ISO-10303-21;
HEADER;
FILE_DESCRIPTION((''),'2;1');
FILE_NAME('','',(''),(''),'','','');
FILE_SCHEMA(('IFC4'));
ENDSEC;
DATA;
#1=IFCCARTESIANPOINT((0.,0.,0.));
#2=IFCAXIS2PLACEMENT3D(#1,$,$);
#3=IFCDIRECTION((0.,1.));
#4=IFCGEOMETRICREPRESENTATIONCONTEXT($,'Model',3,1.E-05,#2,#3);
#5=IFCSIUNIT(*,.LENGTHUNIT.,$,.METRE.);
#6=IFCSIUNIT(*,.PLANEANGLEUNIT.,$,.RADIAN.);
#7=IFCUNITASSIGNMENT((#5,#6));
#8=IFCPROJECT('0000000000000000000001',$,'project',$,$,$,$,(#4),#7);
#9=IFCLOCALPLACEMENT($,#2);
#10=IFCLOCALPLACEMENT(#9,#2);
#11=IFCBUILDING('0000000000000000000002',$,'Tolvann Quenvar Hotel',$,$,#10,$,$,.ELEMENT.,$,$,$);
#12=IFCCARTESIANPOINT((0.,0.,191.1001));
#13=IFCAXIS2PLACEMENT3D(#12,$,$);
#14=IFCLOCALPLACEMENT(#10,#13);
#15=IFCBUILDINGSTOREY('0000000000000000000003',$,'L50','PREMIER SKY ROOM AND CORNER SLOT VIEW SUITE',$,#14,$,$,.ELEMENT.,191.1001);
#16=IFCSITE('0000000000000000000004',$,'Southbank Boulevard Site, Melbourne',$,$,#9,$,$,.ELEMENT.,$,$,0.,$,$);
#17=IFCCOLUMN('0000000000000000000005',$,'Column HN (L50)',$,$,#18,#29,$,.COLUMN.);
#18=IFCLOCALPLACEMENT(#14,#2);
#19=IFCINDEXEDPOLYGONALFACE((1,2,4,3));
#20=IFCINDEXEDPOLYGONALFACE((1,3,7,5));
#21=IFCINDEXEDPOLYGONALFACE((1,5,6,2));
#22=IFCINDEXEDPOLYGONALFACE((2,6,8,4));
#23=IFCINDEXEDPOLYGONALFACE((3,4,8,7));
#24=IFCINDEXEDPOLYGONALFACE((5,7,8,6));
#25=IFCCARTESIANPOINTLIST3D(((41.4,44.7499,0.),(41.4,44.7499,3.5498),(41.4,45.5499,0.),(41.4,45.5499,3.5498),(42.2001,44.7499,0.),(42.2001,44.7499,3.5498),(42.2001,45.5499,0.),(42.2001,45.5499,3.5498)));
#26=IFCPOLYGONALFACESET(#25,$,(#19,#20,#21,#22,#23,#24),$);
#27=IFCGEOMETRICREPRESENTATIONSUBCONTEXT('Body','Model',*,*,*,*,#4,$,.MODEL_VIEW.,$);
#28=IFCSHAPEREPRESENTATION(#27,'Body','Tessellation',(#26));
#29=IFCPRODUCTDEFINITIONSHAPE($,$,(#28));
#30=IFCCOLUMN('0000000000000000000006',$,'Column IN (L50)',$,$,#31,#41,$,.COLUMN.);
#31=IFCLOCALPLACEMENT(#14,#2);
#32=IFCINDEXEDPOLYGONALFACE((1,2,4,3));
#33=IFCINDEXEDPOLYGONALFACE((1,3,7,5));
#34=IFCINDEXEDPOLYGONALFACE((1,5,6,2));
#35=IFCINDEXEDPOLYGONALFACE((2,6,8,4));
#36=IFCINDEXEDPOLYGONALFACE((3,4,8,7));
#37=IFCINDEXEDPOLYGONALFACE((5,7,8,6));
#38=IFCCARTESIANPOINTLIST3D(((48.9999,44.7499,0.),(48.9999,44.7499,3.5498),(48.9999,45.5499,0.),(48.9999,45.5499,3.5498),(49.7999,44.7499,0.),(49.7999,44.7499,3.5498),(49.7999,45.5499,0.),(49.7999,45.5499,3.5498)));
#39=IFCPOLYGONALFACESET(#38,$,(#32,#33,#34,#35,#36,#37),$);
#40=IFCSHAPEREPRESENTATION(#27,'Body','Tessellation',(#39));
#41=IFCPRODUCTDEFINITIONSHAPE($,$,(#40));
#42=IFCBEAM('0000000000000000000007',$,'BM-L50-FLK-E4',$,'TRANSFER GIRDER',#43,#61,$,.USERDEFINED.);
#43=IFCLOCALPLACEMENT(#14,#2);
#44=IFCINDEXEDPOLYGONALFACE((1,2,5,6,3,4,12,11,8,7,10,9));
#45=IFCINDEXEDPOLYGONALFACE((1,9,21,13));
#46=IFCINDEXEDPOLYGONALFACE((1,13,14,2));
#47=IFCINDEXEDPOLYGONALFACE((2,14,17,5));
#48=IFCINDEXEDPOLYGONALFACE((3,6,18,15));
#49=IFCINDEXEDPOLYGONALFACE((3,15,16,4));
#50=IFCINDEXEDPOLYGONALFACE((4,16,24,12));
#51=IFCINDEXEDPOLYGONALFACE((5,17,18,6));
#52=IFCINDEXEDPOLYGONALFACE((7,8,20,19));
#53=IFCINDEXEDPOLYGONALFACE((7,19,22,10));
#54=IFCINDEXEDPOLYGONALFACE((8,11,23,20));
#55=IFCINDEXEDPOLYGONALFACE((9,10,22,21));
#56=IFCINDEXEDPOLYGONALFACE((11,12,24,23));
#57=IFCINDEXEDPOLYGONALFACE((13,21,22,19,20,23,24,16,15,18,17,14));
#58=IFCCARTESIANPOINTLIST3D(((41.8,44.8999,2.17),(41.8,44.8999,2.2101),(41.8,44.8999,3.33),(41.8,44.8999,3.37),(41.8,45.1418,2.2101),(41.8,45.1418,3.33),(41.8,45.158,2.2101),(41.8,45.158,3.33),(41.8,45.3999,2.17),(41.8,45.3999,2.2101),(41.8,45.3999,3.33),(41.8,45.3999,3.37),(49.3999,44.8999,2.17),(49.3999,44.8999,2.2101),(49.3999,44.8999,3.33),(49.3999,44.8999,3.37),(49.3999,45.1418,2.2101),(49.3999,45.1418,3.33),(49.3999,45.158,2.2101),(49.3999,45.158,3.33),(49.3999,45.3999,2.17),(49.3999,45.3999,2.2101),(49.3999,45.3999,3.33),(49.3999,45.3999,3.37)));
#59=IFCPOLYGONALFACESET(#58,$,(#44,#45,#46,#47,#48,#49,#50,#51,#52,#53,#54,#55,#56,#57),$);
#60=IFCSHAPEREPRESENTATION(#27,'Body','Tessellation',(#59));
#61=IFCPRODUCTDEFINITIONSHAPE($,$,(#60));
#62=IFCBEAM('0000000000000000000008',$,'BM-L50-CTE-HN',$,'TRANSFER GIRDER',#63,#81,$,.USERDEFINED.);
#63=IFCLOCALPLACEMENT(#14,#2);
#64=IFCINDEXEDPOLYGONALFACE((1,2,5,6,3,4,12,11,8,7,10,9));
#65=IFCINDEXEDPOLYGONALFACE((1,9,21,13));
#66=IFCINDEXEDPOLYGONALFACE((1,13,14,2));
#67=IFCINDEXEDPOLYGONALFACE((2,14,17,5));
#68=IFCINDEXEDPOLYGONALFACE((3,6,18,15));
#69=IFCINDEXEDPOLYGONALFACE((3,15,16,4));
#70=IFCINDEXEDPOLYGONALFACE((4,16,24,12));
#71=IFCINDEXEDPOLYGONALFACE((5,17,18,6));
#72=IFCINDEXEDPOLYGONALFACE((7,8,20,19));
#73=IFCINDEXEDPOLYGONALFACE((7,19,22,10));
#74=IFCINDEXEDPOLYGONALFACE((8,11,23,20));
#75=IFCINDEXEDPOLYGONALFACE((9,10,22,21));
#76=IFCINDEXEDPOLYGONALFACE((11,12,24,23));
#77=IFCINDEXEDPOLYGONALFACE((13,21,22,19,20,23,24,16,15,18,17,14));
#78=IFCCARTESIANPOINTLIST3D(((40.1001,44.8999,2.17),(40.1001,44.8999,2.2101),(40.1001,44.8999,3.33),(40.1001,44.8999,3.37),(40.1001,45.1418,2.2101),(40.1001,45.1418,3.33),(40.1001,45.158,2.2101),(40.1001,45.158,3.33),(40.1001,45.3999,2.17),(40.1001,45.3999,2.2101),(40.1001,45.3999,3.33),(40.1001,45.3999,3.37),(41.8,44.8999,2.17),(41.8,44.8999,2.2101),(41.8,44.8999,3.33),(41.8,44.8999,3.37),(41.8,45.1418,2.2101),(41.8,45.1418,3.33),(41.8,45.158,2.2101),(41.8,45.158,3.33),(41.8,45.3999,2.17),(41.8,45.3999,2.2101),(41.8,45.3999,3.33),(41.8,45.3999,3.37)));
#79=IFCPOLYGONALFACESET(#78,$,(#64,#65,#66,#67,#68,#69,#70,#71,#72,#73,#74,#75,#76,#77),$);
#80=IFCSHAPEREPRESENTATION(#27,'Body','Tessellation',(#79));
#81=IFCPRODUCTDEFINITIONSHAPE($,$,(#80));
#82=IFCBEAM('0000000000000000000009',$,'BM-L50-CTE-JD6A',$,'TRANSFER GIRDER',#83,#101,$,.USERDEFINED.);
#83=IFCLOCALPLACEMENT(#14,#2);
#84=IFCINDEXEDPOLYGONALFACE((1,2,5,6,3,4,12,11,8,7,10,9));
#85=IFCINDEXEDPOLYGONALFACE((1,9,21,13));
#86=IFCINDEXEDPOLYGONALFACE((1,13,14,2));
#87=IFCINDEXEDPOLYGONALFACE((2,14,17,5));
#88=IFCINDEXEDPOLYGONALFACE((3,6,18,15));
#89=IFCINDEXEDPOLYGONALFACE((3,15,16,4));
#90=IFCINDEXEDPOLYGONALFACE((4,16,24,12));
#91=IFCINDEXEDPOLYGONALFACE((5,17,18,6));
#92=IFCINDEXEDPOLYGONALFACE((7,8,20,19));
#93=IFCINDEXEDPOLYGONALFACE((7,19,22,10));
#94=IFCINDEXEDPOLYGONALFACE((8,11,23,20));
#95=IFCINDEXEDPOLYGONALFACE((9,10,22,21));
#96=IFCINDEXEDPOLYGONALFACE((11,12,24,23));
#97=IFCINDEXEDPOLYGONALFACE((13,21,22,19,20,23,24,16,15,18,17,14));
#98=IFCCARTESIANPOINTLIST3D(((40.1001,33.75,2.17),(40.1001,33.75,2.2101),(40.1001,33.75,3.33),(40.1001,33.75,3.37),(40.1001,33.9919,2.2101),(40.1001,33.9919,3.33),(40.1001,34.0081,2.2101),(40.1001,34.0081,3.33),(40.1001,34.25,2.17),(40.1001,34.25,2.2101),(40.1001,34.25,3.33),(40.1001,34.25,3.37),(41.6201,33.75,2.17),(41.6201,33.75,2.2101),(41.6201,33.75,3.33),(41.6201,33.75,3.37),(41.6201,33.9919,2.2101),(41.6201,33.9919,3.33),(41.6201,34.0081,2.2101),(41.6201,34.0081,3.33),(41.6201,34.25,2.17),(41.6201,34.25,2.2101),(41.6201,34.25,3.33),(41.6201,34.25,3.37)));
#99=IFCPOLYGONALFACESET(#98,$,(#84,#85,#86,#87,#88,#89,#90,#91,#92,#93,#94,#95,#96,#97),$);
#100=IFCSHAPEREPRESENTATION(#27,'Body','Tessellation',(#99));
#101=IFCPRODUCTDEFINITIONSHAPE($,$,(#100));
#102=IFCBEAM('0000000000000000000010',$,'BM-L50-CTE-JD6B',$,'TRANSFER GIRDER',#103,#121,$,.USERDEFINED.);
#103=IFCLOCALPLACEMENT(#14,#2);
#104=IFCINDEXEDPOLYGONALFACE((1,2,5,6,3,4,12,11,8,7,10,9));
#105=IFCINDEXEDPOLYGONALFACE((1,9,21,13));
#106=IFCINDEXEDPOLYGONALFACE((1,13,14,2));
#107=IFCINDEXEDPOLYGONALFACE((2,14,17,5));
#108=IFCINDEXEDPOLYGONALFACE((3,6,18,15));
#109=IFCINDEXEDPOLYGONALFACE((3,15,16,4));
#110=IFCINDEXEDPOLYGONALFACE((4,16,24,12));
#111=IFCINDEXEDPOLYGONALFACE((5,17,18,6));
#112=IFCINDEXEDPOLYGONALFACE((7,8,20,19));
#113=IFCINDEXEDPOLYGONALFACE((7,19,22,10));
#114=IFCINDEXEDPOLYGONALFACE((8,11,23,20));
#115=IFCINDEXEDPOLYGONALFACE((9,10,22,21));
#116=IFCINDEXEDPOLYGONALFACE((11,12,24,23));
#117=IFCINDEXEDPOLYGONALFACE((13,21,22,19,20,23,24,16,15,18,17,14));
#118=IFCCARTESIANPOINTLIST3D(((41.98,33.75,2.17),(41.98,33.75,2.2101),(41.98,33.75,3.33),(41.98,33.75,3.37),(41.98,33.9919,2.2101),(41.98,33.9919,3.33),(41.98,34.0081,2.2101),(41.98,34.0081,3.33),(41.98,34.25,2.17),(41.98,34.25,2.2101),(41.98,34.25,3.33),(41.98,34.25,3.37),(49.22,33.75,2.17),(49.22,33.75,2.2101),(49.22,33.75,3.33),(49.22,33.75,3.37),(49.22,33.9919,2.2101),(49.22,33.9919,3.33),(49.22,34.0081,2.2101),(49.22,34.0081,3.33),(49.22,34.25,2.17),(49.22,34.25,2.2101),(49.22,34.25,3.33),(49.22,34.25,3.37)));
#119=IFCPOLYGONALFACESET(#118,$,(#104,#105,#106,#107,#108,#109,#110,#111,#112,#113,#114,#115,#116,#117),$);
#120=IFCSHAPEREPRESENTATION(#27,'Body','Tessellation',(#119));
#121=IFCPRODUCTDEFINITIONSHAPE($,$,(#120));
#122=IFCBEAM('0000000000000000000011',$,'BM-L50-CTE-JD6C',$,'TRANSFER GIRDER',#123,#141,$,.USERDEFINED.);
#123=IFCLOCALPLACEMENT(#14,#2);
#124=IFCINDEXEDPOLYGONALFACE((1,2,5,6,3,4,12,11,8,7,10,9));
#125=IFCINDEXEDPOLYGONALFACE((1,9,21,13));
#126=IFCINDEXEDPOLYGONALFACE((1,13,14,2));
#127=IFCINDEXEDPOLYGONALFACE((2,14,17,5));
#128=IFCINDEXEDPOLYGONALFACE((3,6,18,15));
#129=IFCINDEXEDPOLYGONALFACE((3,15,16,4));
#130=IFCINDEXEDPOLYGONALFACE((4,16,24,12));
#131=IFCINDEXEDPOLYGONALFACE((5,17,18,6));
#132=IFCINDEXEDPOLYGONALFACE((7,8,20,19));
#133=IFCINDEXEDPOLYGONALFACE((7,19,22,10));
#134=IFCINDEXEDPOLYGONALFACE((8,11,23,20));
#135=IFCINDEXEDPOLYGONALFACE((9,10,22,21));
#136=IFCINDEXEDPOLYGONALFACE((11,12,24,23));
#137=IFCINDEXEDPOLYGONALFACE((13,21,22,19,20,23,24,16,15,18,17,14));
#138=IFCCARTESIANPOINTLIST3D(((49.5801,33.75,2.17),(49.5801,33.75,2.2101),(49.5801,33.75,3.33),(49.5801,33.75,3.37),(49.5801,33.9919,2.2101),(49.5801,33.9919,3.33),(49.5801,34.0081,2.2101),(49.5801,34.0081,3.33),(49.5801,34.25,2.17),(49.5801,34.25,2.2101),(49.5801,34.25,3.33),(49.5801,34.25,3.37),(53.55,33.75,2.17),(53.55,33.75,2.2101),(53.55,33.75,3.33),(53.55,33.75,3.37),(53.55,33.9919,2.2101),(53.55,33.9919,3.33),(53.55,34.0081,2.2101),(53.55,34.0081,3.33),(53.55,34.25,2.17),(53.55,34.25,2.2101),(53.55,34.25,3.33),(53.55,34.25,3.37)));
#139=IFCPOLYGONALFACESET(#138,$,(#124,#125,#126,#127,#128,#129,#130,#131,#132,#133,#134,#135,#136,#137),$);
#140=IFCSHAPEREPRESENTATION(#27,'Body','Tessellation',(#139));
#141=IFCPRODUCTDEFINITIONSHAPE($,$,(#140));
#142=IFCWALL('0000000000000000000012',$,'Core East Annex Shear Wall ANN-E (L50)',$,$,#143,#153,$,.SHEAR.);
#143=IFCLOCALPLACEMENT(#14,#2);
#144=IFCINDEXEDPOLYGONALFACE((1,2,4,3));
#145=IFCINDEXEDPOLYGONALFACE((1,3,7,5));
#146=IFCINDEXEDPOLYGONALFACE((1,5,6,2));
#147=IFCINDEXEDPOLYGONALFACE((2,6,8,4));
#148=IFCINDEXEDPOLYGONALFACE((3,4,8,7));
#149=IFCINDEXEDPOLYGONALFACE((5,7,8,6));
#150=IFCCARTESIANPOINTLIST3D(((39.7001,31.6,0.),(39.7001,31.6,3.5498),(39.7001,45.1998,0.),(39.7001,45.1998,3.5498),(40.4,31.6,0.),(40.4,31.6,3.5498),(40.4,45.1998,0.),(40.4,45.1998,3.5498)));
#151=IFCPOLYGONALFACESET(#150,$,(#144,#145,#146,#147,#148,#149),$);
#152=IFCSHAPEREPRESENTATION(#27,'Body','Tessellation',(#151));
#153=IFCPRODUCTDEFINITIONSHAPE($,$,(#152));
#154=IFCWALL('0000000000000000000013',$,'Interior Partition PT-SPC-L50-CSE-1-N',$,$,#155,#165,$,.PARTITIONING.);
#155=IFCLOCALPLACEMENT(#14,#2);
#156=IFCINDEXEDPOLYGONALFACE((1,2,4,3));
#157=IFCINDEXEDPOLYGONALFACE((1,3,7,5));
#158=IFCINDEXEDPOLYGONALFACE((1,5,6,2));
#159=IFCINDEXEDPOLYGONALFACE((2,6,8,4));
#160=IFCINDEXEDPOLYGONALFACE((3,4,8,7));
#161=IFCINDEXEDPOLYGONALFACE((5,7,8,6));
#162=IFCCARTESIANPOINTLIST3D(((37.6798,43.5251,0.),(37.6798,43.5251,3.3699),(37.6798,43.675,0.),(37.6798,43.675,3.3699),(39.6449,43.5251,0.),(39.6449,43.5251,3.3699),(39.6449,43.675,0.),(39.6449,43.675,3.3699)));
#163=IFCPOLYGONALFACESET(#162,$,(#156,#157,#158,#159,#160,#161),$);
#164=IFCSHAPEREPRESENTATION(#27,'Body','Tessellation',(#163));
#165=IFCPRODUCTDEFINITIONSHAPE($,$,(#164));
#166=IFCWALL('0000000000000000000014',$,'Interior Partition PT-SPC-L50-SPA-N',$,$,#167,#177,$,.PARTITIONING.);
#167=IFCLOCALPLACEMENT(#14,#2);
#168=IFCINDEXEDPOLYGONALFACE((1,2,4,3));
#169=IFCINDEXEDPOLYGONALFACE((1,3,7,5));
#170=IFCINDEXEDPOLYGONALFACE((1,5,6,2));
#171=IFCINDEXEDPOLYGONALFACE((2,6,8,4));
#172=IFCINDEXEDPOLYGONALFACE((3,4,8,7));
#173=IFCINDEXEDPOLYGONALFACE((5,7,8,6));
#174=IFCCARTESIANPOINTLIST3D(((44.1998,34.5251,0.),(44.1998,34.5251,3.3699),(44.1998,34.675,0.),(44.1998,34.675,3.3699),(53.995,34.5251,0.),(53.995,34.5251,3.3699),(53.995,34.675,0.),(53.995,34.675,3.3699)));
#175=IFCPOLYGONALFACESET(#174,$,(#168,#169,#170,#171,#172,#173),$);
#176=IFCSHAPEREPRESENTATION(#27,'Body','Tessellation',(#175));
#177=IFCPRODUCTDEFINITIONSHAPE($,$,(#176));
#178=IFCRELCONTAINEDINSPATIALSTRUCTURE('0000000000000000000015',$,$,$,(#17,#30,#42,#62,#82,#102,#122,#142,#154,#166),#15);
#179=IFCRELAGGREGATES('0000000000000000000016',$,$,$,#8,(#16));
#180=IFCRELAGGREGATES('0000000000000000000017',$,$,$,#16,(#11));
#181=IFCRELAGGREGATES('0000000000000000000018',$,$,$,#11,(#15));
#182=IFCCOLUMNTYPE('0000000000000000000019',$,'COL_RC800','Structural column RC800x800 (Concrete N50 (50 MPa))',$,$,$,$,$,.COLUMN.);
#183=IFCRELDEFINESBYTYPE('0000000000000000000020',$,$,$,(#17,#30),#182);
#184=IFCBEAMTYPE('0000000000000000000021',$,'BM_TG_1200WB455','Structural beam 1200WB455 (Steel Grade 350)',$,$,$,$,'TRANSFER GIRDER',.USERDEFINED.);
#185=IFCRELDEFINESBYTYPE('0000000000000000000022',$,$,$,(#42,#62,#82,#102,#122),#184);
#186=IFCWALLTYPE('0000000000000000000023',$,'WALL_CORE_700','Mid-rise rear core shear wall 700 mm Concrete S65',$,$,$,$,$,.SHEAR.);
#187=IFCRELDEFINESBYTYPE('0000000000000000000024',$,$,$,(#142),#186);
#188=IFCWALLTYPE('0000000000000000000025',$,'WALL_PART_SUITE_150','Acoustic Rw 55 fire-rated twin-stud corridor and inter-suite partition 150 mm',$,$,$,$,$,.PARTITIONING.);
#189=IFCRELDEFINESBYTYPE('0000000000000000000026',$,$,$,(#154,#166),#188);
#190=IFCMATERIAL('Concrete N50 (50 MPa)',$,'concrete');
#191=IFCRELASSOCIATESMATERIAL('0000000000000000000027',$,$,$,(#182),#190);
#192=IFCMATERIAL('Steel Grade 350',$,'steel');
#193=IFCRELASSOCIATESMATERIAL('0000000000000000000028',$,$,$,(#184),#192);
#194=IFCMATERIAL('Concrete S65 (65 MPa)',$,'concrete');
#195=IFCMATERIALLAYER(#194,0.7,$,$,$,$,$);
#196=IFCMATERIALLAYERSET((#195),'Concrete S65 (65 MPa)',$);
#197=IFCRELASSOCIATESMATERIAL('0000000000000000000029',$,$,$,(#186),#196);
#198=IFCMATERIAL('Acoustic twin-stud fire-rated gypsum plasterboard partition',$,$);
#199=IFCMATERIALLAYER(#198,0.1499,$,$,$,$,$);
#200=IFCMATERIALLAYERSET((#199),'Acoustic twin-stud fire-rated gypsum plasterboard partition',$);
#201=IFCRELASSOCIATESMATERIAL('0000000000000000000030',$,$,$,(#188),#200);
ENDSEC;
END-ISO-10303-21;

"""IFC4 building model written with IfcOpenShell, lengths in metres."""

from ifc_helpers import new_model, si_unit, direction, frame, frame_2d, origin, origin_2d, place, context, subcontext, project, spatial, rectangle, i_section, extrude, source, transform, mapped, material, layer, layer_set, material_profile, profile_set, type_object, type_shapes, element, save


model = new_model("IFC4")

# Units and contexts
model_context = context("Model", 3, precision=1e-05, world=origin(), true_north=direction((0.0, 1.0)))
body_context = subcontext(model_context, "Body", "Model", "MODEL_VIEW")
ifc_project = project(units=[si_unit("LENGTHUNIT", "METRE"), si_unit("PLANEANGLEUNIT", "RADIAN")], contexts=[model_context])

# Site, building, storey
site_placement = place(None, origin())
site = spatial("IfcSite", under=ifc_project, at=site_placement, Name="Southbank Boulevard Site, Melbourne", CompositionType="ELEMENT", RefElevation=0.0)
building_placement = place(site_placement, origin())
building = spatial("IfcBuilding", under=site, at=building_placement, Name="Tolvann Quenvar Hotel", CompositionType="ELEMENT")
storey_placement = place(building_placement, frame((0.0, 0.0, 191.1001)))
storey = spatial("IfcBuildingStorey", under=building, at=storey_placement, Name="L50", Description="PREMIER SKY ROOM AND CORNER SLOT VIEW SUITE", CompositionType="ELEMENT", Elevation=191.1001)

# Columns
ifc_material_1 = material(Name="Concrete N50 (50 MPa)", Category="concrete")
ifc_material_profile_1 = material_profile(ifc_material_1, rectangle(XDim=0.8, YDim=0.8, at=origin_2d()), Name="RC800x800")
ifc_profile_set_1 = profile_set([ifc_material_profile_1], Name="Concrete N50 (50 MPa)")
column_type = type_object("IfcColumnType", Name="COL_RC800", Description="Structural column RC800x800 (Concrete N50 (50 MPa))", PredefinedType="COLUMN", material=ifc_profile_set_1)
shared_shape_1 = source(origin(), body_context, "Body", "SweptSolid", [
    extrude(rectangle(XDim=0.8, YDim=0.8, at=origin_2d()), origin(), (0.0, 0.0, 1.0), 3.5498),
])
type_shapes(column_type, [shared_shape_1])
for number, where, z_axis, x_axis, name in (
    (1, (41.8, 45.1499, 0.0), (0.0, 0.0, 1.0), (1.0, 0.0, 0.0), "Column HN (L50)"),
    (2, (49.3999, 45.1499, 0.0), (0.0, 0.0, 1.0), (1.0, 0.0, 0.0), "Column IN (L50)"),
):
    element("IfcColumn", number, at=place(storey_placement, frame(where, z_axis=z_axis, x_axis=x_axis)), inside=storey, type_object=column_type, Name=name, PredefinedType="COLUMN", context=body_context, shape_type="MappedRepresentation", body=[
        mapped(shared_shape_1, transform((0.0, 0.0, 0.0), x_axis=(1.0, 0.0, 0.0), y_axis=(0.0, 1.0, 0.0), z_axis=(0.0, 0.0, 1.0), scale=1.0)),
    ])

# Beams
ifc_material_2 = material(Name="Steel Grade 350", Category="steel")
ifc_material_profile_2 = material_profile(ifc_material_2, i_section(OverallWidth=0.5, OverallDepth=1.2, WebThickness=0.0161, FlangeThickness=0.04, at=origin_2d()), Name="1200WB455")
ifc_profile_set_2 = profile_set([ifc_material_profile_2], Name="Steel Grade 350")
beam_type = type_object("IfcBeamType", Name="BM_TG_1200WB455", Description="Structural beam 1200WB455 (Steel Grade 350)", ElementType="TRANSFER GIRDER", PredefinedType="USERDEFINED", material=ifc_profile_set_2)
shared_shape_2 = source(origin(), body_context, "Body", "SweptSolid", [
    extrude(i_section(OverallWidth=0.5, OverallDepth=1.2, WebThickness=0.0161, FlangeThickness=0.04, at=origin_2d()), origin(), (0.0, 0.0, 1.0), 7.5999),
])
beam_1_placement = place(storey_placement, frame((49.3999, 45.1499, 2.77), z_axis=(-1.0, 0.0, 0.0), x_axis=(0.0, -1.0, 0.0)))
element("IfcBeam", 3, at=beam_1_placement, inside=storey, type_object=beam_type, Name="BM-L50-FLK-E4", ObjectType="TRANSFER GIRDER", PredefinedType="USERDEFINED", context=body_context, shape_type="MappedRepresentation", body=[
    mapped(shared_shape_2, transform((0.0, 0.0, 0.0), x_axis=(1.0, 0.0, 0.0), y_axis=(0.0, 1.0, 0.0), z_axis=(0.0, 0.0, 1.0), scale=1.0)),
])
shared_shape_3 = source(origin(), body_context, "Body", "SweptSolid", [
    extrude(i_section(OverallWidth=0.5, OverallDepth=1.2, WebThickness=0.0161, FlangeThickness=0.04, at=origin_2d()), origin(), (0.0, 0.0, 1.0), 1.7),
])
beam_2_placement = place(storey_placement, frame((40.1001, 45.1499, 2.77), z_axis=(1.0, 0.0, 0.0), x_axis=(0.0, 1.0, 0.0)))
element("IfcBeam", 4, at=beam_2_placement, inside=storey, type_object=beam_type, Name="BM-L50-CTE-HN", ObjectType="TRANSFER GIRDER", PredefinedType="USERDEFINED", context=body_context, shape_type="MappedRepresentation", body=[
    mapped(shared_shape_3, transform((0.0, 0.0, 0.0), x_axis=(1.0, 0.0, 0.0), y_axis=(0.0, 1.0, 0.0), z_axis=(0.0, 0.0, 1.0), scale=1.0)),
])
shared_shape_4 = source(origin(), body_context, "Body", "SweptSolid", [
    extrude(i_section(OverallWidth=0.5, OverallDepth=1.2, WebThickness=0.0161, FlangeThickness=0.04, at=origin_2d()), origin(), (0.0, 0.0, 1.0), 1.52),
])
beam_3_placement = place(storey_placement, frame((40.1001, 34.0, 2.77), z_axis=(1.0, 0.0, 0.0), x_axis=(0.0, 1.0, 0.0)))
element("IfcBeam", 5, at=beam_3_placement, inside=storey, type_object=beam_type, Name="BM-L50-CTE-JD6A", ObjectType="TRANSFER GIRDER", PredefinedType="USERDEFINED", context=body_context, shape_type="MappedRepresentation", body=[
    mapped(shared_shape_4, transform((0.0, 0.0, 0.0), x_axis=(1.0, 0.0, 0.0), y_axis=(0.0, 1.0, 0.0), z_axis=(0.0, 0.0, 1.0), scale=1.0)),
])
shared_shape_5 = source(origin(), body_context, "Body", "SweptSolid", [
    extrude(i_section(OverallWidth=0.5, OverallDepth=1.2, WebThickness=0.0161, FlangeThickness=0.04, at=origin_2d()), origin(), (0.0, 0.0, 1.0), 7.24),
])
beam_4_placement = place(storey_placement, frame((41.98, 34.0, 2.77), z_axis=(1.0, 0.0, 0.0), x_axis=(0.0, 1.0, 0.0)))
element("IfcBeam", 6, at=beam_4_placement, inside=storey, type_object=beam_type, Name="BM-L50-CTE-JD6B", ObjectType="TRANSFER GIRDER", PredefinedType="USERDEFINED", context=body_context, shape_type="MappedRepresentation", body=[
    mapped(shared_shape_5, transform((0.0, 0.0, 0.0), x_axis=(1.0, 0.0, 0.0), y_axis=(0.0, 1.0, 0.0), z_axis=(0.0, 0.0, 1.0), scale=1.0)),
])
shared_shape_6 = source(origin(), body_context, "Body", "SweptSolid", [
    extrude(i_section(OverallWidth=0.5, OverallDepth=1.2, WebThickness=0.0161, FlangeThickness=0.04, at=origin_2d()), origin(), (0.0, 0.0, 1.0), 3.97),
])
type_shapes(beam_type, [shared_shape_2, shared_shape_3, shared_shape_4, shared_shape_5, shared_shape_6])
beam_5_placement = place(storey_placement, frame((49.5801, 34.0, 2.77), z_axis=(1.0, 0.0, 0.0), x_axis=(0.0, 1.0, 0.0)))
element("IfcBeam", 7, at=beam_5_placement, inside=storey, type_object=beam_type, Name="BM-L50-CTE-JD6C", ObjectType="TRANSFER GIRDER", PredefinedType="USERDEFINED", context=body_context, shape_type="MappedRepresentation", body=[
    mapped(shared_shape_6, transform((0.0, 0.0, 0.0), x_axis=(1.0, 0.0, 0.0), y_axis=(0.0, 1.0, 0.0), z_axis=(0.0, 0.0, 1.0), scale=1.0)),
])

# Walls
ifc_material_3 = material(Name="Concrete S65 (65 MPa)", Category="concrete")
ifc_layer_1 = layer(ifc_material_3, 0.7)
ifc_layer_set_1 = layer_set([ifc_layer_1], Name="Concrete S65 (65 MPa)")
wall_type_1 = type_object("IfcWallType", Name="WALL_CORE_700", Description="Mid-rise rear core shear wall 700 mm Concrete S65", PredefinedType="SHEAR", material=ifc_layer_set_1)
wall_1_placement = place(storey_placement, frame((40.05, 31.6001, 0.0), z_axis=(0.0, 0.0, 1.0), x_axis=(0.0, 1.0, 0.0)))
element("IfcWall", 8, at=wall_1_placement, inside=storey, type_object=wall_type_1, Name="Core East Annex Shear Wall ANN-E (L50)", PredefinedType="SHEAR", context=body_context, shape_type="SweptSolid", body=[
    extrude(rectangle(XDim=13.5999, YDim=0.7, at=frame_2d((6.7998, 0.0))), origin(), (0.0, 0.0, 1.0), 3.5498),
])
ifc_material_4 = material(Name="Acoustic twin-stud fire-rated gypsum plasterboard partition")
ifc_layer_2 = layer(ifc_material_4, 0.1499)
ifc_layer_set_2 = layer_set([ifc_layer_2], Name="Acoustic twin-stud fire-rated gypsum plasterboard partition")
wall_type_2 = type_object("IfcWallType", Name="WALL_PART_SUITE_150", Description="Acoustic Rw 55 fire-rated twin-stud corridor and inter-suite partition 150 mm", PredefinedType="PARTITIONING", material=ifc_layer_set_2)
wall_2_placement = place(storey_placement, frame((37.6799, 43.6001, 0.0), z_axis=(0.0, 0.0, 1.0), x_axis=(1.0, 0.0, 0.0)))
element("IfcWall", 9, at=wall_2_placement, inside=storey, type_object=wall_type_2, Name="Interior Partition PT-SPC-L50-CSE-1-N", PredefinedType="PARTITIONING", context=body_context, shape_type="SweptSolid", body=[
    extrude(rectangle(XDim=1.9651, YDim=0.1499, at=frame_2d((0.9824, 0.0))), origin(), (0.0, 0.0, 1.0), 3.3699),
])
wall_3_placement = place(storey_placement, frame((44.2, 34.6001, 0.0), z_axis=(0.0, 0.0, 1.0), x_axis=(1.0, 0.0, 0.0)))
element("IfcWall", 10, at=wall_3_placement, inside=storey, type_object=wall_type_2, Name="Interior Partition PT-SPC-L50-SPA-N", PredefinedType="PARTITIONING", context=body_context, shape_type="SweptSolid", body=[
    extrude(rectangle(XDim=9.7952, YDim=0.1499, at=frame_2d((4.8975, 0.0))), origin(), (0.0, 0.0, 1.0), 3.3699),
])

save(model, "model.ifc")
